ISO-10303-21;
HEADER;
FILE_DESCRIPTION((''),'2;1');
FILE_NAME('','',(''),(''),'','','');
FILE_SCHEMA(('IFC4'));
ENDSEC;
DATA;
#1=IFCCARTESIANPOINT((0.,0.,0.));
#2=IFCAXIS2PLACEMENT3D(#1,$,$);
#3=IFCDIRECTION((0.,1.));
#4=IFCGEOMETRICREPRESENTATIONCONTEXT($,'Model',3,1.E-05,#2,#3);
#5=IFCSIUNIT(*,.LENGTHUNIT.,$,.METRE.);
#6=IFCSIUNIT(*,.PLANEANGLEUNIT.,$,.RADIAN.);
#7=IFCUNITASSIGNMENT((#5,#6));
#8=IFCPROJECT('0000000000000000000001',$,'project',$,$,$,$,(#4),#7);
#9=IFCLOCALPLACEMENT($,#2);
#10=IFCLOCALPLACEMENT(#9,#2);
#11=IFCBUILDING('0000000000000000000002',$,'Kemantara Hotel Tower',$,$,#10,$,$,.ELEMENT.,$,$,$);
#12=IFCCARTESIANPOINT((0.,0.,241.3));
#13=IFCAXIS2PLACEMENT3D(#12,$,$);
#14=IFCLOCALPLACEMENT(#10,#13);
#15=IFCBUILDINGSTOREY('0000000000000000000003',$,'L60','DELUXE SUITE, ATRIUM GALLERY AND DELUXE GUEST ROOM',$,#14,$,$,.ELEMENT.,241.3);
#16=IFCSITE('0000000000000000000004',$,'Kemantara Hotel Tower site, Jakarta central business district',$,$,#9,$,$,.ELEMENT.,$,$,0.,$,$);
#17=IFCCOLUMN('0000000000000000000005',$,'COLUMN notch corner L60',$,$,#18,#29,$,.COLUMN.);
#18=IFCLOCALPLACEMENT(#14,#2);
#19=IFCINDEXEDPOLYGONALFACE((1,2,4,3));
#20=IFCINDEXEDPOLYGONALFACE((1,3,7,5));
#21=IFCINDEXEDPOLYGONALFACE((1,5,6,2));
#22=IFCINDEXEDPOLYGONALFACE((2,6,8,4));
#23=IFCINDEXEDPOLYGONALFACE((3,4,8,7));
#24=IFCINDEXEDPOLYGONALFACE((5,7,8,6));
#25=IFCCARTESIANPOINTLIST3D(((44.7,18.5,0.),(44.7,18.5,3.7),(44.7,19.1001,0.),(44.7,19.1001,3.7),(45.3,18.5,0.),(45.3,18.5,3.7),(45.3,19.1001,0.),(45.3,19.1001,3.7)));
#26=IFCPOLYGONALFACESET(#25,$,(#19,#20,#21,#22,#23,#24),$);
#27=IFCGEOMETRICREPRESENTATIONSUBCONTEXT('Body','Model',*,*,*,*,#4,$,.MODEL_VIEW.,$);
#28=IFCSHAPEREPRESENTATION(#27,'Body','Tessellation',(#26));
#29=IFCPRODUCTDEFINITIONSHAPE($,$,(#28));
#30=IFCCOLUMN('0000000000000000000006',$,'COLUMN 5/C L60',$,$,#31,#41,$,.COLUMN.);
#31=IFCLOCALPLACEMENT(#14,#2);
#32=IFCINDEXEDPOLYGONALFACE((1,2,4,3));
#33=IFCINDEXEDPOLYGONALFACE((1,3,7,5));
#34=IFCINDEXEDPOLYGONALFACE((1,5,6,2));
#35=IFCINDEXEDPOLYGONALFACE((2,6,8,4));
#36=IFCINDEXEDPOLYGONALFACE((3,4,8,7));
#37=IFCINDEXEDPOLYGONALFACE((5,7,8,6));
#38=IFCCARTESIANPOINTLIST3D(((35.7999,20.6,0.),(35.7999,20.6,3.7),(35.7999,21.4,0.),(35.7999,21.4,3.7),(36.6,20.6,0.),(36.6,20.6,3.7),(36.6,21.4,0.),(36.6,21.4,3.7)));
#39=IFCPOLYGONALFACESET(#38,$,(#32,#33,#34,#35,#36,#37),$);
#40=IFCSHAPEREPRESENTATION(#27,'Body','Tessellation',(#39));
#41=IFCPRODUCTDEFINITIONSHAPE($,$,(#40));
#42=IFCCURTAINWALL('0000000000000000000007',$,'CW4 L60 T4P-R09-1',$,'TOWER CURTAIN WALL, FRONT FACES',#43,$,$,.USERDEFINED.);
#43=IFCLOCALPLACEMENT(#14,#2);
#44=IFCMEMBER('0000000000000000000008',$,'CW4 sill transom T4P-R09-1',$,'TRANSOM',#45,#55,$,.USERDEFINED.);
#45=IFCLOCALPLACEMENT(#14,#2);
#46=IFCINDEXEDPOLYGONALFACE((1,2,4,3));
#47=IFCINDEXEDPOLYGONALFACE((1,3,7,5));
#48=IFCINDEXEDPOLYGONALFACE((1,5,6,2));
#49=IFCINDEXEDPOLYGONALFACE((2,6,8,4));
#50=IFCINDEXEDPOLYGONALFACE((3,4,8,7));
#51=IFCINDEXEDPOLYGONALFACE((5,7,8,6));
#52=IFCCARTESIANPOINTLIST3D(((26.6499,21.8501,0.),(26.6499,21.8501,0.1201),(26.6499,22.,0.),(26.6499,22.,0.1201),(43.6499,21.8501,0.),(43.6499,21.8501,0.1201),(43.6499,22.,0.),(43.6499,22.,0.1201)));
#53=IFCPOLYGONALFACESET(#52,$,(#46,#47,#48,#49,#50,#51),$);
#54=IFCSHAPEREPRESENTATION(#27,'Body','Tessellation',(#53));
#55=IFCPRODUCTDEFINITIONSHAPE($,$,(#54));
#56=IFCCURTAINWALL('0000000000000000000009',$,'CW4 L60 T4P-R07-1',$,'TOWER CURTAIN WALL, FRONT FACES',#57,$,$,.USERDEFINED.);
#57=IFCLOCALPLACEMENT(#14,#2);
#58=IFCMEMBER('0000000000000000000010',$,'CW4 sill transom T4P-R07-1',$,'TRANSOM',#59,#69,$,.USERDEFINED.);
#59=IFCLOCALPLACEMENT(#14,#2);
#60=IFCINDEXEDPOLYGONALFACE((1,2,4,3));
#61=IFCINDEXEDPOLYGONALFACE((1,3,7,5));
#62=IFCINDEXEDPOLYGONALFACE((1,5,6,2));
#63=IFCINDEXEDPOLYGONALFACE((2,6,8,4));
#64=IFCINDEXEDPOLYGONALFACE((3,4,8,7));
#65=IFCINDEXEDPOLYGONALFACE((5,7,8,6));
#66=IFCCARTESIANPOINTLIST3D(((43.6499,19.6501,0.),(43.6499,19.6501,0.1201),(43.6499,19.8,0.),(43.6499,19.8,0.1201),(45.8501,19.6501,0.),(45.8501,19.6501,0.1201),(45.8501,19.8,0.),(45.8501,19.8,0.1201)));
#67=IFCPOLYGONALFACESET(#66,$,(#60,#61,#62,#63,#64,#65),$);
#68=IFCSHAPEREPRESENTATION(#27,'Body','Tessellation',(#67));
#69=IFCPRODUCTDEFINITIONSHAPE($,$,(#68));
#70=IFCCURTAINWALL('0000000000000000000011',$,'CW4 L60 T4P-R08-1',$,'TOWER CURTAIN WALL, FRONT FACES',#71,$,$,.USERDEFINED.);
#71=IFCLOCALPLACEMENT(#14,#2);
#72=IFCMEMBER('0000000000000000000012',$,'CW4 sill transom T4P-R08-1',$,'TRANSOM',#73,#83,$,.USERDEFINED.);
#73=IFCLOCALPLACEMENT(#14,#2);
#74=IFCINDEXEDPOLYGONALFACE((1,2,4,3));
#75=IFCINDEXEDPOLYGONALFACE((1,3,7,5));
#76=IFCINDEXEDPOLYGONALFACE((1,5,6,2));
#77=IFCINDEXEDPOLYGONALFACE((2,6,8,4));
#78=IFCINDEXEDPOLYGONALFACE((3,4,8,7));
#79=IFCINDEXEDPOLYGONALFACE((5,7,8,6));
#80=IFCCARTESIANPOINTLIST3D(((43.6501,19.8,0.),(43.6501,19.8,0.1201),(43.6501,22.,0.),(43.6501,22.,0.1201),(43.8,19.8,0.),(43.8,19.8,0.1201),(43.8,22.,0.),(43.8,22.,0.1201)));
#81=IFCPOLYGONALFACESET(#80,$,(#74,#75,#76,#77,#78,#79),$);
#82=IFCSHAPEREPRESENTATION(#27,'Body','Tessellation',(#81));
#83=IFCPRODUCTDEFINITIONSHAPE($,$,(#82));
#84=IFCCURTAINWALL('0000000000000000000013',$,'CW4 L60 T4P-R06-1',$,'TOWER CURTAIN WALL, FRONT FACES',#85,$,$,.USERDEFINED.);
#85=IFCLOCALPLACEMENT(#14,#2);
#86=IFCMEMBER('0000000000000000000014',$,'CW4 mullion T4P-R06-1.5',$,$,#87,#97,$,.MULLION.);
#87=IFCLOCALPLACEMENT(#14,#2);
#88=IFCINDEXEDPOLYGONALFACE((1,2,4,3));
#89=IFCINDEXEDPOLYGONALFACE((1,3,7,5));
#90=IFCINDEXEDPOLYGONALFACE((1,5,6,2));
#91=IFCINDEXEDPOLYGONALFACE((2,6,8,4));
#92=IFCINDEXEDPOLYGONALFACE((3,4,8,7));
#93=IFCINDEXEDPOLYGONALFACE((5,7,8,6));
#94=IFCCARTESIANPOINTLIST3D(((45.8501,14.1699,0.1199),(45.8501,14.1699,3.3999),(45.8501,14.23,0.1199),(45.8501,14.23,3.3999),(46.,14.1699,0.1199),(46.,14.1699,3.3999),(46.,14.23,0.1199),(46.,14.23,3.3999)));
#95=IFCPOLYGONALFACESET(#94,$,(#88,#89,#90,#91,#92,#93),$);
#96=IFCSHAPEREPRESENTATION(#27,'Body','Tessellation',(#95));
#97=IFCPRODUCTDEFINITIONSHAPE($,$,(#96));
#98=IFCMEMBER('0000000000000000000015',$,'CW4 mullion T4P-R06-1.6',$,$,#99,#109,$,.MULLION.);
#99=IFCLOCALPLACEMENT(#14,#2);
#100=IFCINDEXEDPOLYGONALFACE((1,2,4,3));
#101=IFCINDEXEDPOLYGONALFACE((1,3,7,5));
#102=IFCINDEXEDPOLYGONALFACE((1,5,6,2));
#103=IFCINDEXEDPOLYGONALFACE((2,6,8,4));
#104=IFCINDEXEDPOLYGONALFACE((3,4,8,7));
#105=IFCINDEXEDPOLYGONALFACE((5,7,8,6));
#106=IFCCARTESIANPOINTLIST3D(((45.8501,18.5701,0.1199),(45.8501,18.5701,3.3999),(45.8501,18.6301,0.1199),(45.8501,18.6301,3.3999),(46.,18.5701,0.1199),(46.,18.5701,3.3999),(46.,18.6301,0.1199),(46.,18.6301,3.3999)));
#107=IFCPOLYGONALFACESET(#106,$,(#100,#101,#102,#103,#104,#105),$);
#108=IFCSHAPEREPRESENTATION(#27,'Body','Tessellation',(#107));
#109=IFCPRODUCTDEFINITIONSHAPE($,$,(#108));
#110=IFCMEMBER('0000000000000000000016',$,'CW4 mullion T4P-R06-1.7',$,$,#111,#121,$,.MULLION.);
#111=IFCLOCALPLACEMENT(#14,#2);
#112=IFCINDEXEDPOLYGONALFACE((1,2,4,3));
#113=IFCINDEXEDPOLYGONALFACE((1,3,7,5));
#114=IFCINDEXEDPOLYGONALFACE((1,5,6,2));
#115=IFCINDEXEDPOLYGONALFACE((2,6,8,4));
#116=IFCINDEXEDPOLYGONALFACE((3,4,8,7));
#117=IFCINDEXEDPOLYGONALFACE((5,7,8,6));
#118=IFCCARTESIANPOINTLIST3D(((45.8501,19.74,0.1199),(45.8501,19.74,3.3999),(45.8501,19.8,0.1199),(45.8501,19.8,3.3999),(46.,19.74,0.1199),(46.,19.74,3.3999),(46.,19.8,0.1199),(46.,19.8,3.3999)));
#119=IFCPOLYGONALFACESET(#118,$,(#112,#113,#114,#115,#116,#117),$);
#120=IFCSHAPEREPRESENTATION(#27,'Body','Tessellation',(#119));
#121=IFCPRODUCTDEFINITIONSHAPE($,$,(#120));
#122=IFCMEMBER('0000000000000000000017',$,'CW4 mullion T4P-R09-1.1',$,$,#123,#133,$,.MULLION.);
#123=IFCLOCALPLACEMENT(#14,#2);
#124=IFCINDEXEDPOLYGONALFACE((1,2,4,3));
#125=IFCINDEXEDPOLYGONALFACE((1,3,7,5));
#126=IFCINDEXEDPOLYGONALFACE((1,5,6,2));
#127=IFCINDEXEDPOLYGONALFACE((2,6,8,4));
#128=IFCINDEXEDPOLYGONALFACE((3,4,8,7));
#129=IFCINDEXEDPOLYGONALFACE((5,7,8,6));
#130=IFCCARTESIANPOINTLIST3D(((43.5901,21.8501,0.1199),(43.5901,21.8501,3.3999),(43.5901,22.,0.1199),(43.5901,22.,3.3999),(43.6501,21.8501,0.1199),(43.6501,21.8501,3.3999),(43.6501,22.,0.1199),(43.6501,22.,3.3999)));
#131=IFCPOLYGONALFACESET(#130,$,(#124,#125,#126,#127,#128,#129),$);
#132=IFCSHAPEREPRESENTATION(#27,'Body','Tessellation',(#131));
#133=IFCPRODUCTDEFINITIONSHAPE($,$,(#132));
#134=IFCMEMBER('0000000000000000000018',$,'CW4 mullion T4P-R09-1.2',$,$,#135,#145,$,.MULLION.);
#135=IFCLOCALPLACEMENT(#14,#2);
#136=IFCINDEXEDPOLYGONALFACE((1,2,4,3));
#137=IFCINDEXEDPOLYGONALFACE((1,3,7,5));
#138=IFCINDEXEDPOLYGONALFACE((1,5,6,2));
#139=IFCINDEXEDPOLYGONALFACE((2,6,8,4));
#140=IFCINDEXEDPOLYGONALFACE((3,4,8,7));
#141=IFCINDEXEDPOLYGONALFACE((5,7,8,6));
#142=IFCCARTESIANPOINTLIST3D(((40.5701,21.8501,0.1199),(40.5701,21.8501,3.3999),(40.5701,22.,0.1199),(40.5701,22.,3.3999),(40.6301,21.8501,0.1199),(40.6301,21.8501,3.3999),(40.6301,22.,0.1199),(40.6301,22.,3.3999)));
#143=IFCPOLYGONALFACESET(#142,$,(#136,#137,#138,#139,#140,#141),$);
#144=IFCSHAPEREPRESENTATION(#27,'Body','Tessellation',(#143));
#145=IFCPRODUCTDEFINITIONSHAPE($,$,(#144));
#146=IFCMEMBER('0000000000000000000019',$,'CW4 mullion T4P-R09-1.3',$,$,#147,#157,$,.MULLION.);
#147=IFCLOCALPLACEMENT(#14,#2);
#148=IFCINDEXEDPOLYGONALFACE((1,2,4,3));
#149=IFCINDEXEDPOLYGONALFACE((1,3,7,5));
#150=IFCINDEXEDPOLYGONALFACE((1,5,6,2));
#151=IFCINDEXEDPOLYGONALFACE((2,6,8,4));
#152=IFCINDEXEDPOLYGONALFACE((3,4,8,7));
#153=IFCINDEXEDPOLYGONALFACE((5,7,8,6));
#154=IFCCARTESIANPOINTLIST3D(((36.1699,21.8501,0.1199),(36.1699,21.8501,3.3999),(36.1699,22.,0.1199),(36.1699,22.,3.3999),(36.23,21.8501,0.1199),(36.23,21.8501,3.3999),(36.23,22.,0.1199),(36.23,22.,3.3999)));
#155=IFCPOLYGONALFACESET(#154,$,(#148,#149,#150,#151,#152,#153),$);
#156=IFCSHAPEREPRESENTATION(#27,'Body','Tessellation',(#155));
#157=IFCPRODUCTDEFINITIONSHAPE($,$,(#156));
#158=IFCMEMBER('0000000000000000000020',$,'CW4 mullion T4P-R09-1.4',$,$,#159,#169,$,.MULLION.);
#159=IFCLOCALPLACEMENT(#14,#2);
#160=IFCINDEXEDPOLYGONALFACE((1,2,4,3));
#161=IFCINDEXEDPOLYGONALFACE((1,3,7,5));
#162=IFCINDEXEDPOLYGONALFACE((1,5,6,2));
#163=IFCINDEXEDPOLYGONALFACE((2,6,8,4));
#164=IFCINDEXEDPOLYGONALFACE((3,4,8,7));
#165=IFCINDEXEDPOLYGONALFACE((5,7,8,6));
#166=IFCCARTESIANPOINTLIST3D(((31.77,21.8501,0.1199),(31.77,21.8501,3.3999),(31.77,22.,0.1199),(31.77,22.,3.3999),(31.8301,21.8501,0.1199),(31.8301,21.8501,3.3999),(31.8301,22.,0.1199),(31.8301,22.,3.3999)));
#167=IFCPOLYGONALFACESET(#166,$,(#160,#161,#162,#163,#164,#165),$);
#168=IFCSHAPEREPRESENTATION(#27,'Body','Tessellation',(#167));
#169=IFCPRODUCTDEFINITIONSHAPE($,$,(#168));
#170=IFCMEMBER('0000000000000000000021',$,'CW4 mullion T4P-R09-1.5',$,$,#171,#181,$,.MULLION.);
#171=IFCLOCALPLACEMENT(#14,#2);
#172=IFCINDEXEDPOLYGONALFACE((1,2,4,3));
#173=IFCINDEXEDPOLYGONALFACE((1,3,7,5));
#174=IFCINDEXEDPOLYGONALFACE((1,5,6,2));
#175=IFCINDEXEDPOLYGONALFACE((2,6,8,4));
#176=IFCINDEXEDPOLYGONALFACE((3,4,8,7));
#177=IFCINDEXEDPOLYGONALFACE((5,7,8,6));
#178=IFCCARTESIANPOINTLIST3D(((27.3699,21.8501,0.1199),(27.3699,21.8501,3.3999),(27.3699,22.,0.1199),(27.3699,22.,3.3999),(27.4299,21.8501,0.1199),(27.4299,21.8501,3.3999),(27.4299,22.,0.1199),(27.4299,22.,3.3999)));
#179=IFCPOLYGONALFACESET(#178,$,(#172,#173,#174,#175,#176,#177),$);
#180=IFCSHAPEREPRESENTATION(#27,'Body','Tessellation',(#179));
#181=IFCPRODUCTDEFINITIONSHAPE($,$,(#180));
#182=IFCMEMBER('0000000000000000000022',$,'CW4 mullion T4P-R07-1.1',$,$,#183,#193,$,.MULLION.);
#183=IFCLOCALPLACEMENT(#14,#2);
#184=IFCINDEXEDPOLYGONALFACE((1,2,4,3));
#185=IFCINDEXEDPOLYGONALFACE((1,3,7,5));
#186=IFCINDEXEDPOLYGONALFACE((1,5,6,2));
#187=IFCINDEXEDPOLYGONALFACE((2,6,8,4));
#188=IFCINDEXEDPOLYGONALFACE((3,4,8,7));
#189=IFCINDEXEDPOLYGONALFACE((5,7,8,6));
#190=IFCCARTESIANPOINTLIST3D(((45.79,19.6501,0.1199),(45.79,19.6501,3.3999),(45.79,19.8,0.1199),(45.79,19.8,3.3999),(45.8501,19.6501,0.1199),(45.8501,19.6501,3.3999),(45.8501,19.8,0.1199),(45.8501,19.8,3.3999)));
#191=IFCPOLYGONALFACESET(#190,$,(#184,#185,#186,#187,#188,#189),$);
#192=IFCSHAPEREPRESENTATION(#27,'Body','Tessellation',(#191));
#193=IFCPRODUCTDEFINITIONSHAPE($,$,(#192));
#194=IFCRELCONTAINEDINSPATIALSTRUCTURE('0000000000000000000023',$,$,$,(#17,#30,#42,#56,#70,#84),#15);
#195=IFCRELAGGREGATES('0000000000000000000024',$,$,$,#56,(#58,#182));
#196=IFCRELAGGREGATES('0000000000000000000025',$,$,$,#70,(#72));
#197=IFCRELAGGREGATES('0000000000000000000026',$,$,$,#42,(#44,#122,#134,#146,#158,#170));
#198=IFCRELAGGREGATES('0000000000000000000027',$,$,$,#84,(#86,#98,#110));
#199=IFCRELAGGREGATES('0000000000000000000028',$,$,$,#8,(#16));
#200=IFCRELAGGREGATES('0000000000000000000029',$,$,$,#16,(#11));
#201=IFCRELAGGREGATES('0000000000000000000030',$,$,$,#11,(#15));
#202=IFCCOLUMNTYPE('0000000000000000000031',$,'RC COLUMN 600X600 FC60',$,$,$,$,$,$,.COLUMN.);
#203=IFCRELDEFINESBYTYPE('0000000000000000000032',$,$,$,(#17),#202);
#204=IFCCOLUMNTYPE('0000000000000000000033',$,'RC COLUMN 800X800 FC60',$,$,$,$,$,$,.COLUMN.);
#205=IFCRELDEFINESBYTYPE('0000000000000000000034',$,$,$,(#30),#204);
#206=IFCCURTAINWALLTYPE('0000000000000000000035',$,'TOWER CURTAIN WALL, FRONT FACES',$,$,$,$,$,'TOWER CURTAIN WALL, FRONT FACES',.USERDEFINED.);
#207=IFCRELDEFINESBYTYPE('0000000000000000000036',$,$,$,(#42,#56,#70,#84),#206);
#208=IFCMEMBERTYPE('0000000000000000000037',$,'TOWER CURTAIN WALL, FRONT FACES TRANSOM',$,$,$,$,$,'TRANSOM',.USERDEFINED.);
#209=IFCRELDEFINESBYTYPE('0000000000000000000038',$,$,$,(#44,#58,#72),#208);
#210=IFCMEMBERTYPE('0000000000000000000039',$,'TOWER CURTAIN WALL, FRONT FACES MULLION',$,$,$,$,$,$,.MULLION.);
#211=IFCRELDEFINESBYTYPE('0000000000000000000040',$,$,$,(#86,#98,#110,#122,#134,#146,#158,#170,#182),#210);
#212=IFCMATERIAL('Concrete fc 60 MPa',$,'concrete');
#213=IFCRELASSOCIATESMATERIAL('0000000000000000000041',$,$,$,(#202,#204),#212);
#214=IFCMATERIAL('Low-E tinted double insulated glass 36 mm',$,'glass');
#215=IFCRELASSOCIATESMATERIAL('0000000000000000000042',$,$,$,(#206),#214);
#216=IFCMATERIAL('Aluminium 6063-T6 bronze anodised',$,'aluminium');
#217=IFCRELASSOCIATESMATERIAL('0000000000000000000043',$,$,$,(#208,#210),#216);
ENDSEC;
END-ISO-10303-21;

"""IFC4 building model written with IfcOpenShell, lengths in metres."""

from ifc_helpers import new_model, si_unit, direction, frame, origin, origin_2d, place, context, subcontext, project, spatial, rectangle, extrude, source, transform, mapped, material, material_profile, profile_set, type_object, element, aggregate, save


model = new_model("IFC4")

# Units and contexts
model_context = context("Model", 3, precision=1e-05, world=origin(), true_north=direction((0.0, 1.0)))
body_context = subcontext(model_context, "Body", "Model", "MODEL_VIEW")
ifc_project = project(units=[si_unit("LENGTHUNIT", "METRE"), si_unit("PLANEANGLEUNIT", "RADIAN")], contexts=[model_context])

# Site, building, storey
site_placement = place(None, origin())
site = spatial("IfcSite", under=ifc_project, at=site_placement, Name="Kemantara Hotel Tower site, Jakarta central business district", CompositionType="ELEMENT", RefElevation=0.0)
building_placement = place(site_placement, origin())
building = spatial("IfcBuilding", under=site, at=building_placement, Name="Kemantara Hotel Tower", CompositionType="ELEMENT")
storey_placement = place(building_placement, frame((0.0, 0.0, 241.3)))
storey = spatial("IfcBuildingStorey", under=building, at=storey_placement, Name="L60", Description="DELUXE SUITE, ATRIUM GALLERY AND DELUXE GUEST ROOM", CompositionType="ELEMENT", Elevation=241.3)

# Columns
ifc_material_1 = material(Name="Concrete fc 60 MPa", Category="concrete")
ifc_material_profile_1 = material_profile(ifc_material_1, rectangle(XDim=0.6001, YDim=0.6001, at=origin_2d()), Name="RC 600X600")
ifc_profile_set_1 = profile_set([ifc_material_profile_1], Name="Concrete fc 60 MPa")
column_type_1 = type_object("IfcColumnType", Name="RC COLUMN 600X600 FC60", PredefinedType="COLUMN", material=ifc_profile_set_1)
column_1_placement = place(storey_placement, frame((45.0, 18.8, 0.0), z_axis=(0.0, 0.0, 1.0), x_axis=(1.0, 0.0, 0.0)))
element("IfcColumn", 1, at=column_1_placement, inside=storey, type_object=column_type_1, Name="COLUMN notch corner L60", PredefinedType="COLUMN", context=body_context, shape_type="SweptSolid", body=[
    extrude(rectangle(XDim=0.6001, YDim=0.6001, at=origin_2d()), origin(), (0.0, 0.0, 1.0), 3.7),
])
ifc_material_profile_2 = material_profile(ifc_material_1, rectangle(XDim=0.8, YDim=0.8, at=origin_2d()), Name="RC 800X800")
ifc_profile_set_2 = profile_set([ifc_material_profile_2], Name="Concrete fc 60 MPa")
column_type_2 = type_object("IfcColumnType", Name="RC COLUMN 800X800 FC60", PredefinedType="COLUMN", material=ifc_profile_set_2)
column_2_placement = place(storey_placement, frame((36.2, 21.0, 0.0), z_axis=(0.0, 0.0, 1.0), x_axis=(1.0, 0.0, 0.0)))
element("IfcColumn", 2, at=column_2_placement, inside=storey, type_object=column_type_2, Name="COLUMN 5/C L60", PredefinedType="COLUMN", context=body_context, shape_type="SweptSolid", body=[
    extrude(rectangle(XDim=0.8, YDim=0.8, at=origin_2d()), origin(), (0.0, 0.0, 1.0), 3.7),
])

# Curtain walls, members
ifc_material_2 = material(Name="Low-E tinted double insulated glass 36 mm", Category="glass")
curtain_wall_type = type_object("IfcCurtainWallType", Name="TOWER CURTAIN WALL, FRONT FACES", ElementType="TOWER CURTAIN WALL, FRONT FACES", PredefinedType="USERDEFINED", material=ifc_material_2)
curtain_wall_1_placement = place(storey_placement, origin())
curtain_wall_1 = element("IfcCurtainWall", 3, at=curtain_wall_1_placement, inside=storey, type_object=curtain_wall_type, Name="CW4 L60 T4P-R09-1", ObjectType="TOWER CURTAIN WALL, FRONT FACES", PredefinedType="USERDEFINED")
ifc_material_3 = material(Name="Aluminium 6063-T6 bronze anodised", Category="aluminium")
ifc_material_profile_3 = material_profile(ifc_material_3, rectangle(XDim=0.1499, YDim=0.1201, at=origin_2d()), Name="TOWER CURTAIN WALL, FRONT FACES TRANSOM")
ifc_profile_set_3 = profile_set([ifc_material_profile_3], Name="Aluminium 6063-T6 bronze anodised")
member_type_1 = type_object("IfcMemberType", Name="TOWER CURTAIN WALL, FRONT FACES TRANSOM", ElementType="TRANSOM", PredefinedType="USERDEFINED", material=ifc_profile_set_3)
member_1_placement = place(storey_placement, frame((43.6499, 21.925, 0.0601), z_axis=(-1.0, 0.0, 0.0), x_axis=(0.0, -1.0, 0.0)))
member_1 = element("IfcMember", 4, at=member_1_placement, type_object=member_type_1, Name="CW4 sill transom T4P-R09-1", ObjectType="TRANSOM", PredefinedType="USERDEFINED", context=body_context, shape_type="SweptSolid", body=[
    extrude(rectangle(XDim=0.1499, YDim=0.1201, at=origin_2d()), origin(), (0.0, 0.0, 1.0), 17.0),
])
curtain_wall_2_placement = place(storey_placement, origin())
curtain_wall_2 = element("IfcCurtainWall", 5, at=curtain_wall_2_placement, inside=storey, type_object=curtain_wall_type, Name="CW4 L60 T4P-R07-1", ObjectType="TOWER CURTAIN WALL, FRONT FACES", PredefinedType="USERDEFINED")
member_2_placement = place(storey_placement, frame((45.8501, 19.7251, 0.0601), z_axis=(-1.0, 0.0, 0.0), x_axis=(0.0, -1.0, 0.0)))
member_2 = element("IfcMember", 6, at=member_2_placement, type_object=member_type_1, Name="CW4 sill transom T4P-R07-1", ObjectType="TRANSOM", PredefinedType="USERDEFINED", context=body_context, shape_type="SweptSolid", body=[
    extrude(rectangle(XDim=0.1499, YDim=0.1201, at=origin_2d()), origin(), (0.0, 0.0, 1.0), 2.2002),
])
curtain_wall_3_placement = place(storey_placement, origin())
curtain_wall_3 = element("IfcCurtainWall", 7, at=curtain_wall_3_placement, inside=storey, type_object=curtain_wall_type, Name="CW4 L60 T4P-R08-1", ObjectType="TOWER CURTAIN WALL, FRONT FACES", PredefinedType="USERDEFINED")
member_3_placement = place(storey_placement, frame((43.7251, 19.8, 0.0601), z_axis=(0.0, 1.0, 0.0), x_axis=(-1.0, 0.0, 0.0)))
member_3 = element("IfcMember", 8, at=member_3_placement, type_object=member_type_1, Name="CW4 sill transom T4P-R08-1", ObjectType="TRANSOM", PredefinedType="USERDEFINED", context=body_context, shape_type="SweptSolid", body=[
    extrude(rectangle(XDim=0.1499, YDim=0.1201, at=origin_2d()), origin(), (0.0, 0.0, 1.0), 2.2),
])

# Curtain wall, members
curtain_wall_4_placement = place(storey_placement, origin())
curtain_wall_4 = element("IfcCurtainWall", 9, at=curtain_wall_4_placement, inside=storey, type_object=curtain_wall_type, Name="CW4 L60 T4P-R06-1", ObjectType="TOWER CURTAIN WALL, FRONT FACES", PredefinedType="USERDEFINED")
ifc_material_profile_4 = material_profile(ifc_material_3, rectangle(XDim=0.1499, YDim=0.0601, at=origin_2d()), Name="TOWER CURTAIN WALL, FRONT FACES MULLION")
ifc_profile_set_4 = profile_set([ifc_material_profile_4], Name="Aluminium 6063-T6 bronze anodised")
member_type_2 = type_object("IfcMemberType", Name="TOWER CURTAIN WALL, FRONT FACES MULLION", PredefinedType="MULLION", material=ifc_profile_set_4)
shared_shape_1 = source(origin(), body_context, "Body", "SweptSolid", [
    extrude(rectangle(XDim=0.1499, YDim=0.0601, at=origin_2d()), origin(), (0.0, 0.0, 1.0), 3.28),
])
member_4_placement = place(storey_placement, frame((45.925, 14.2, 0.1199), z_axis=(0.0, 0.0, 1.0), x_axis=(-1.0, 0.0, 0.0)))
member_4 = element("IfcMember", 10, at=member_4_placement, type_object=member_type_2, Name="CW4 mullion T4P-R06-1.5", PredefinedType="MULLION", context=body_context, shape_type="MappedRepresentation", body=[
    mapped(shared_shape_1, transform((0.0, 0.0, 0.0))),
])
member_5_placement = place(storey_placement, frame((45.925, 18.6001, 0.1199), z_axis=(0.0, 0.0, 1.0), x_axis=(-1.0, 0.0, 0.0)))
member_5 = element("IfcMember", 11, at=member_5_placement, type_object=member_type_2, Name="CW4 mullion T4P-R06-1.6", PredefinedType="MULLION", context=body_context, shape_type="MappedRepresentation", body=[
    mapped(shared_shape_1, transform((0.0, 0.0, 0.0))),
])
member_6_placement = place(storey_placement, frame((45.925, 19.77, 0.1199), z_axis=(0.0, 0.0, 1.0), x_axis=(-1.0, 0.0, 0.0)))
member_6 = element("IfcMember", 12, at=member_6_placement, type_object=member_type_2, Name="CW4 mullion T4P-R06-1.7", PredefinedType="MULLION", context=body_context, shape_type="MappedRepresentation", body=[
    mapped(shared_shape_1, transform((0.0, 0.0, 0.0))),
])

# Members
member_7_placement = place(storey_placement, frame((43.6201, 21.925, 0.1199), z_axis=(0.0, 0.0, 1.0), x_axis=(0.0, -1.0, 0.0)))
member_7 = element("IfcMember", 13, at=member_7_placement, type_object=member_type_2, Name="CW4 mullion T4P-R09-1.1", PredefinedType="MULLION", context=body_context, shape_type="MappedRepresentation", body=[
    mapped(shared_shape_1, transform((0.0, 0.0, 0.0))),
])
member_8_placement = place(storey_placement, frame((40.6001, 21.925, 0.1199), z_axis=(0.0, 0.0, 1.0), x_axis=(0.0, -1.0, 0.0)))
member_8 = element("IfcMember", 14, at=member_8_placement, type_object=member_type_2, Name="CW4 mullion T4P-R09-1.2", PredefinedType="MULLION", context=body_context, shape_type="MappedRepresentation", body=[
    mapped(shared_shape_1, transform((0.0, 0.0, 0.0))),
])
member_9_placement = place(storey_placement, frame((36.2, 21.925, 0.1199), z_axis=(0.0, 0.0, 1.0), x_axis=(0.0, -1.0, 0.0)))
member_9 = element("IfcMember", 15, at=member_9_placement, type_object=member_type_2, Name="CW4 mullion T4P-R09-1.3", PredefinedType="MULLION", context=body_context, shape_type="MappedRepresentation", body=[
    mapped(shared_shape_1, transform((0.0, 0.0, 0.0))),
])
member_10_placement = place(storey_placement, frame((31.8, 21.925, 0.1199), z_axis=(0.0, 0.0, 1.0), x_axis=(0.0, -1.0, 0.0)))
member_10 = element("IfcMember", 16, at=member_10_placement, type_object=member_type_2, Name="CW4 mullion T4P-R09-1.4", PredefinedType="MULLION", context=body_context, shape_type="MappedRepresentation", body=[
    mapped(shared_shape_1, transform((0.0, 0.0, 0.0))),
])
member_11_placement = place(storey_placement, frame((27.3999, 21.925, 0.1199), z_axis=(0.0, 0.0, 1.0), x_axis=(0.0, -1.0, 0.0)))
member_11 = element("IfcMember", 17, at=member_11_placement, type_object=member_type_2, Name="CW4 mullion T4P-R09-1.5", PredefinedType="MULLION", context=body_context, shape_type="MappedRepresentation", body=[
    mapped(shared_shape_1, transform((0.0, 0.0, 0.0))),
])
member_12_placement = place(storey_placement, frame((45.8201, 19.7251, 0.1199), z_axis=(0.0, 0.0, 1.0), x_axis=(0.0, -1.0, 0.0)))
member_12 = element("IfcMember", 18, at=member_12_placement, type_object=member_type_2, Name="CW4 mullion T4P-R07-1.1", PredefinedType="MULLION", context=body_context, shape_type="MappedRepresentation", body=[
    mapped(shared_shape_1, transform((0.0, 0.0, 0.0))),
])

aggregate(curtain_wall_2, [member_2, member_12])
aggregate(curtain_wall_3, [member_3])
aggregate(curtain_wall_1, [member_1, member_7, member_8, member_9, member_10, member_11])
aggregate(curtain_wall_4, [member_4, member_5, member_6])

save(model, "model.ifc")
